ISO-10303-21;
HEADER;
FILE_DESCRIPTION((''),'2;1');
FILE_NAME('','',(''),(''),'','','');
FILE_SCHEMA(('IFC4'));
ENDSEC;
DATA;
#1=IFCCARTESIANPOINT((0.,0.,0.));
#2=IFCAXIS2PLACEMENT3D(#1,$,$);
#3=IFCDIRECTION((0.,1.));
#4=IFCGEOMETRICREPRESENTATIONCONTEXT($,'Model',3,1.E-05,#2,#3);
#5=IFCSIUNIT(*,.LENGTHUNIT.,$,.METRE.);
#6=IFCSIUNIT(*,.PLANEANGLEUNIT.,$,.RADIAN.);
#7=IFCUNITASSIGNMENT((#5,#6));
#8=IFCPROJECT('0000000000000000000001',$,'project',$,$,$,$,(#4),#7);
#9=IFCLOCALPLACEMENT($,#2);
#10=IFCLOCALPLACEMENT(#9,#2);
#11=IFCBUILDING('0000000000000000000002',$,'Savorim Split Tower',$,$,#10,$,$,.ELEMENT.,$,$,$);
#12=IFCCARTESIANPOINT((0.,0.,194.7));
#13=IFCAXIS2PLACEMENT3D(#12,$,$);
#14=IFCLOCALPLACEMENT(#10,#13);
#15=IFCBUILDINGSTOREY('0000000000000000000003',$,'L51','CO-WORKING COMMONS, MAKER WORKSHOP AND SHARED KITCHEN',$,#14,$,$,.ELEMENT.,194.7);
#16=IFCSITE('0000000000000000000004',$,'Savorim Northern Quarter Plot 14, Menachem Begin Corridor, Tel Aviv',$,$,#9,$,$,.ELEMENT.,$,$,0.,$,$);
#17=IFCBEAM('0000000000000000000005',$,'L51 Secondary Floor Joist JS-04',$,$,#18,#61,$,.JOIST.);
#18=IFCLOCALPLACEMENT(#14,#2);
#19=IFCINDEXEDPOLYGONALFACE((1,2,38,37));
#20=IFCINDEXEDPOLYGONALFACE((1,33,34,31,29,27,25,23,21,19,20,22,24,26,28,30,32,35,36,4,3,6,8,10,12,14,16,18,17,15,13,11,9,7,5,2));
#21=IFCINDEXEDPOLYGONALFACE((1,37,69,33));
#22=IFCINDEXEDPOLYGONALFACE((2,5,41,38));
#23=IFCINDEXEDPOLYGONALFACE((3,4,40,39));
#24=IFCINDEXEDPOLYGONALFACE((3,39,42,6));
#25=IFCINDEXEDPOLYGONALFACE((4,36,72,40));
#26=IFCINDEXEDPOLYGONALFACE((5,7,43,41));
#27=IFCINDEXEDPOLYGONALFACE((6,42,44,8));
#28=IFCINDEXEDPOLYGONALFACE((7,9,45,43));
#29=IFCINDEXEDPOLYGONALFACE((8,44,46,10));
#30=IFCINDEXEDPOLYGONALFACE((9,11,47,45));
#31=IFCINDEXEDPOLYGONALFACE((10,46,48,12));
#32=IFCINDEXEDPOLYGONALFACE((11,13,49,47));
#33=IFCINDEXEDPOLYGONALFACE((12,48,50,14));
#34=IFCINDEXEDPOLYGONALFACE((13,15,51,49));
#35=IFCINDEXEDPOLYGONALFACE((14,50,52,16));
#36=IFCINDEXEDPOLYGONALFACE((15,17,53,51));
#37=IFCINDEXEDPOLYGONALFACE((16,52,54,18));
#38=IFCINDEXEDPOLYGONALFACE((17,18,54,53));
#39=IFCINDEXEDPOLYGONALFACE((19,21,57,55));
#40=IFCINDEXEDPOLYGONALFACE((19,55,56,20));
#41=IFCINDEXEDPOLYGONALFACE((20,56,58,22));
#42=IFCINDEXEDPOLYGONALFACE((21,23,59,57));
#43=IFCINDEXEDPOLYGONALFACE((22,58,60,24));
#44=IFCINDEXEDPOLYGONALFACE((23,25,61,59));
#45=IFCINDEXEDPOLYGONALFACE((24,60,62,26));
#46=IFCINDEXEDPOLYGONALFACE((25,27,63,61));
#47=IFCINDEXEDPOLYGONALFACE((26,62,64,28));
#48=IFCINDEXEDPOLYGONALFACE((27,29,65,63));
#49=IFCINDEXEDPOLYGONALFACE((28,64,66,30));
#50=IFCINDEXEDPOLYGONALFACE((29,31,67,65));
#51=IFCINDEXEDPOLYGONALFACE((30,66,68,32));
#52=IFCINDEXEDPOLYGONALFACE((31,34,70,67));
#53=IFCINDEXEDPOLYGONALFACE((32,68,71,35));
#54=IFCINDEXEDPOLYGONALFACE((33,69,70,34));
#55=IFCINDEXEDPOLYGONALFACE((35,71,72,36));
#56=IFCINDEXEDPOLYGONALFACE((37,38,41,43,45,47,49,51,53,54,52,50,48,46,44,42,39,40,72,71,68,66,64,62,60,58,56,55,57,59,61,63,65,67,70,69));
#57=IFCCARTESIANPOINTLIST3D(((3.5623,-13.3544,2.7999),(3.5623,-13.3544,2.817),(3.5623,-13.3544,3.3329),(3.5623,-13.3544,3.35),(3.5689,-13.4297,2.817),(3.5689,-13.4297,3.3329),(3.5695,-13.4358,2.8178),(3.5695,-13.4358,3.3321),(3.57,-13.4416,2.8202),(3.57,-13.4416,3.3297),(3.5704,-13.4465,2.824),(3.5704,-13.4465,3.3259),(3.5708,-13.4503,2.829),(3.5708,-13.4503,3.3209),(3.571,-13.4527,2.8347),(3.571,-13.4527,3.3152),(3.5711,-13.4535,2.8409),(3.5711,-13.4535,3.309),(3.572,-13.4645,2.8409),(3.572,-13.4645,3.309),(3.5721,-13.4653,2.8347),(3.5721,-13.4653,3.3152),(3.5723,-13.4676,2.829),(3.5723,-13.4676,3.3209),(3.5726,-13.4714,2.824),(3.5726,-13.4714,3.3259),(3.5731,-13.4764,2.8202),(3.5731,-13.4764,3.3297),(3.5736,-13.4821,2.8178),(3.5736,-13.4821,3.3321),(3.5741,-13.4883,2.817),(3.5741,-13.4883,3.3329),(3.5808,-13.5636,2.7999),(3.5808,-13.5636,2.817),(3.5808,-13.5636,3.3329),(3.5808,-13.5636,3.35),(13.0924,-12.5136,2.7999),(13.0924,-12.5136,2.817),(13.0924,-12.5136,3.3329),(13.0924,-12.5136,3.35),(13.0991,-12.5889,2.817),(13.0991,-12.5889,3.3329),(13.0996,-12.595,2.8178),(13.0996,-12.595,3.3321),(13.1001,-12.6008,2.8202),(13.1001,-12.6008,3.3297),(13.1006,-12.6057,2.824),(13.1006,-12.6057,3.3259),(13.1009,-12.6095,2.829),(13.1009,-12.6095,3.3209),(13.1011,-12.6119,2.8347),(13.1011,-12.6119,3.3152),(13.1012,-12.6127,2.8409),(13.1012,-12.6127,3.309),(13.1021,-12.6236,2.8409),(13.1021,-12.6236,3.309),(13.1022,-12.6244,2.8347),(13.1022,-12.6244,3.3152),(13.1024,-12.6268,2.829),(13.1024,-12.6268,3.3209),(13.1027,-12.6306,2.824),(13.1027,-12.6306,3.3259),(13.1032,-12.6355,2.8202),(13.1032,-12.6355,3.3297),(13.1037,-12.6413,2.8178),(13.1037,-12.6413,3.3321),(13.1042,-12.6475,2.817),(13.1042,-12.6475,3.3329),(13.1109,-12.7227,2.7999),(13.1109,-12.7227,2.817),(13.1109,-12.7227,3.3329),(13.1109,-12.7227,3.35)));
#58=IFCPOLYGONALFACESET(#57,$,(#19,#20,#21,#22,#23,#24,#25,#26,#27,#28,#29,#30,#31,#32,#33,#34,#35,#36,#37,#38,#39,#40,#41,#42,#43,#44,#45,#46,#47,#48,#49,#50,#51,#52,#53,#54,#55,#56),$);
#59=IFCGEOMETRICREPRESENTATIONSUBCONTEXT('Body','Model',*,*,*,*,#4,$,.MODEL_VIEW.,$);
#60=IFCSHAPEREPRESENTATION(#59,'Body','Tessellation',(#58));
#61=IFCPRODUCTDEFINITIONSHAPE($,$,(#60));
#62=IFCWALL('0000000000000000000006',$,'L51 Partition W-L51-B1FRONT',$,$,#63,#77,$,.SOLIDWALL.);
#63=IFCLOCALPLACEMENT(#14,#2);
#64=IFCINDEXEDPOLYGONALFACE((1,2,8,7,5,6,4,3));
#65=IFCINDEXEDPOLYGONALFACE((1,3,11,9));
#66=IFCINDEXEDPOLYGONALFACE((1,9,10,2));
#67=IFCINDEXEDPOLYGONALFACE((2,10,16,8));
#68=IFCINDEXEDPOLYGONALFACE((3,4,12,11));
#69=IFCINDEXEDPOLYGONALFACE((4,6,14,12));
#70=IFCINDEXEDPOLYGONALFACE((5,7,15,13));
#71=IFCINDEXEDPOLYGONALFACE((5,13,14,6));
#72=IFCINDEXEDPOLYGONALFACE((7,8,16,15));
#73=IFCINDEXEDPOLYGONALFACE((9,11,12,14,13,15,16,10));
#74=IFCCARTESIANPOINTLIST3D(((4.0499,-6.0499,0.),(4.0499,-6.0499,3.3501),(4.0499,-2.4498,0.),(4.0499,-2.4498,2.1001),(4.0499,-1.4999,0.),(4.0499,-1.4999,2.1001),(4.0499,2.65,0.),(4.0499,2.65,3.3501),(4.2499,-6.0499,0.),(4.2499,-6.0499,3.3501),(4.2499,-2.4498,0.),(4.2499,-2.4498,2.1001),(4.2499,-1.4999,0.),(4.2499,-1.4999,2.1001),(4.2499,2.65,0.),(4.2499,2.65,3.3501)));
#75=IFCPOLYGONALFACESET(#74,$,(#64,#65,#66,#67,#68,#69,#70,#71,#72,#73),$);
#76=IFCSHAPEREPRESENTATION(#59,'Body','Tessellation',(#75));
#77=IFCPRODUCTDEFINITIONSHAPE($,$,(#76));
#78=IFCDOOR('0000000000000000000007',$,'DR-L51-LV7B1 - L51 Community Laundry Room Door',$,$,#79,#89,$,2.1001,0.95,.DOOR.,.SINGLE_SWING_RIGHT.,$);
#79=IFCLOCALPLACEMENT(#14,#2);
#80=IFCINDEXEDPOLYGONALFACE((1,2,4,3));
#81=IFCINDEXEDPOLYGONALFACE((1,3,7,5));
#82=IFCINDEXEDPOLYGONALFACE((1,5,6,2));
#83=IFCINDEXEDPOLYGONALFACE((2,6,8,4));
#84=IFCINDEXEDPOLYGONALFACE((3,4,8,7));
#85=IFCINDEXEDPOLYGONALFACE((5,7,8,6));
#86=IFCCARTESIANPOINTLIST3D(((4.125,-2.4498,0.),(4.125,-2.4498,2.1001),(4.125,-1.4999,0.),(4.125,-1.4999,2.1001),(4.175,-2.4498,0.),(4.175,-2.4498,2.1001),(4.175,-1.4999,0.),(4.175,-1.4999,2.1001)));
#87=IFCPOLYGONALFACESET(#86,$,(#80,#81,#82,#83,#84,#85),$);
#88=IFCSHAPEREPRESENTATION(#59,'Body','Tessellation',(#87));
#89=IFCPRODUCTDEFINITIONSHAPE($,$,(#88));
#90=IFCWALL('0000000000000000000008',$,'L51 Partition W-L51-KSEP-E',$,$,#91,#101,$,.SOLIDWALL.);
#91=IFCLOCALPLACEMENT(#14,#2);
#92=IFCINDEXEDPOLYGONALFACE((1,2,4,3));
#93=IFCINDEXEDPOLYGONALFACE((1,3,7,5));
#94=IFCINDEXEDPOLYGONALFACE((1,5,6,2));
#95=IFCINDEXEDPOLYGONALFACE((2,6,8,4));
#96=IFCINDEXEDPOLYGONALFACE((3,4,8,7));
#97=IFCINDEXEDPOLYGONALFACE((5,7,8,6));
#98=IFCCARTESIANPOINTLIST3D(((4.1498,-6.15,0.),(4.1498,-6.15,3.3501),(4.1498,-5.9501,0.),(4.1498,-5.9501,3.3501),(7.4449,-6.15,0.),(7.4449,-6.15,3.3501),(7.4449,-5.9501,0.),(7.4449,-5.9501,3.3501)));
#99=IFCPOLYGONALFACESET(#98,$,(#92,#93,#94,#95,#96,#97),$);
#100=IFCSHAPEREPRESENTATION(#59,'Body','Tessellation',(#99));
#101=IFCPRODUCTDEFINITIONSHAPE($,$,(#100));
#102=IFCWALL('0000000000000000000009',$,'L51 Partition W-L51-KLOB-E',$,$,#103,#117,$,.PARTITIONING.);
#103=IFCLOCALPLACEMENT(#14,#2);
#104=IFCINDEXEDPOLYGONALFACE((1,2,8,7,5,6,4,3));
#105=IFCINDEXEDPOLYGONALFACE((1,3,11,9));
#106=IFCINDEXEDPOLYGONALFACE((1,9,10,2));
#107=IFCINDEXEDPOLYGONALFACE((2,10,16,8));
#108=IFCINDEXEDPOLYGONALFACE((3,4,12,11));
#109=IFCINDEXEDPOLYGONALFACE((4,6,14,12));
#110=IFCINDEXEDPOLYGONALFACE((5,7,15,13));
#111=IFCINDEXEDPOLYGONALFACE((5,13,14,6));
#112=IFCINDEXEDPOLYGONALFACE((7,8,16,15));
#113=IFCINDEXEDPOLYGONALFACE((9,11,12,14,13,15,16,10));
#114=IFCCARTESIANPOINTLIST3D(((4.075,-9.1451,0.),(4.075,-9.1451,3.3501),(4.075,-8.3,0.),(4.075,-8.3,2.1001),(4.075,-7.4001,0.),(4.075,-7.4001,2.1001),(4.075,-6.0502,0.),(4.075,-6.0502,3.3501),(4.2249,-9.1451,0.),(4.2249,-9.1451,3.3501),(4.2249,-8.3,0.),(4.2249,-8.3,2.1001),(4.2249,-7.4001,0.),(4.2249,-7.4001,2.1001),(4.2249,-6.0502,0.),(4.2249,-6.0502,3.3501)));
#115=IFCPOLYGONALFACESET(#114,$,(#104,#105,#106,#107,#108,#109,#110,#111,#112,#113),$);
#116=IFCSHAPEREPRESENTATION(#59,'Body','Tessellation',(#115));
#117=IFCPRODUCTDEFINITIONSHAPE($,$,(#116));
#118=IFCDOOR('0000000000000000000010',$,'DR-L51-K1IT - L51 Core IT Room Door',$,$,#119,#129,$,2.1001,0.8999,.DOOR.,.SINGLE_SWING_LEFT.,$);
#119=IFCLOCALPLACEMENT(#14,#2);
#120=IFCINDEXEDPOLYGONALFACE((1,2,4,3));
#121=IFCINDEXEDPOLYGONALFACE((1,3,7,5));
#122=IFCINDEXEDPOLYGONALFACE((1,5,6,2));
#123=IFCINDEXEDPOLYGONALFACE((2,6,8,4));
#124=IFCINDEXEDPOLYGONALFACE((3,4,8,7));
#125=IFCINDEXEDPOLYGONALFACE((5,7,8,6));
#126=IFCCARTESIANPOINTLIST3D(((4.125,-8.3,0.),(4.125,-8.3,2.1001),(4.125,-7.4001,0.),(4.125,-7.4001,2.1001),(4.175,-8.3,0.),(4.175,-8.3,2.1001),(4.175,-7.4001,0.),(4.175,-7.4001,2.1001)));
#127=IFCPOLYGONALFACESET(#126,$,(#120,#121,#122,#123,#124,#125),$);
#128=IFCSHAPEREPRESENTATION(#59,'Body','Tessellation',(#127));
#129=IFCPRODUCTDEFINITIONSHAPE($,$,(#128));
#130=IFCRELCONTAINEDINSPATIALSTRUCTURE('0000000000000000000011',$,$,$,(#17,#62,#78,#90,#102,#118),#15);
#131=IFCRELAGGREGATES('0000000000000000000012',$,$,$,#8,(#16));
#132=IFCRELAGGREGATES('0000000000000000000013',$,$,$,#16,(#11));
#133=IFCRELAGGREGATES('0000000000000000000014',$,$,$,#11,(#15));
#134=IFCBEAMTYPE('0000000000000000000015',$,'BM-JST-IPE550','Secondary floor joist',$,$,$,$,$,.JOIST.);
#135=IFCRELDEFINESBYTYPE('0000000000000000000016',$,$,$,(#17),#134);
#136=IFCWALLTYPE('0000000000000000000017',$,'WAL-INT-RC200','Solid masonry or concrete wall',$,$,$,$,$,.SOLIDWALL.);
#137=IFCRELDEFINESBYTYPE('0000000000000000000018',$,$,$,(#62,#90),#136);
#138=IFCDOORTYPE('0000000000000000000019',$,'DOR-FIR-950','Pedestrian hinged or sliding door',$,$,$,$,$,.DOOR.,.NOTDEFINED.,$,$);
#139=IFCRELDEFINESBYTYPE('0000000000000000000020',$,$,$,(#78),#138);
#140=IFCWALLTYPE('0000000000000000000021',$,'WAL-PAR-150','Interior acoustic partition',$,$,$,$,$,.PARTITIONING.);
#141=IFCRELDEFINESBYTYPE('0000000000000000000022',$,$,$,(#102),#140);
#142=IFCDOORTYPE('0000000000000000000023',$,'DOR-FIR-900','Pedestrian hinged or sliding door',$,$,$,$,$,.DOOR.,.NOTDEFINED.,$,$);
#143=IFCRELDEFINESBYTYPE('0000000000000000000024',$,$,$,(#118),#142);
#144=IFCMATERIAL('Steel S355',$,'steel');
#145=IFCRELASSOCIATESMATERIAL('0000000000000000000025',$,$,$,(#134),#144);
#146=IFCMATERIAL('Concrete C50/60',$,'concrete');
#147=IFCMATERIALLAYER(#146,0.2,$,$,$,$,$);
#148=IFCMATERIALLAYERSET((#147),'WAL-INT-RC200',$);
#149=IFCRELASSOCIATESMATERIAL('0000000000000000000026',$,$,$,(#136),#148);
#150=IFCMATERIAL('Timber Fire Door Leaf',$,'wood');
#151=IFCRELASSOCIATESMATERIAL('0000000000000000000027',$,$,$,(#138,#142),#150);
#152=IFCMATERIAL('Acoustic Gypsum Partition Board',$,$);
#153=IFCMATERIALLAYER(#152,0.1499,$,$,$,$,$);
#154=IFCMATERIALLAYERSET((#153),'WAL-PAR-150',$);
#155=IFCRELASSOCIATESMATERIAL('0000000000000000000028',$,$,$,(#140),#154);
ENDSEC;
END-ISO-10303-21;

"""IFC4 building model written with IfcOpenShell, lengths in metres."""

from ifc_helpers import new_model, si_unit, direction, frame, frame_2d, origin, origin_2d, place, context, subcontext, project, spatial, rectangle, i_section, extrude, material, layer, layer_set, material_profile, profile_set, type_object, element, fill, save


model = new_model("IFC4")

# Units and contexts
model_context = context("Model", 3, precision=1e-05, world=origin(), true_north=direction((0.0, 1.0)))
body_context = subcontext(model_context, "Body", "Model", "MODEL_VIEW")
ifc_project = project(units=[si_unit("LENGTHUNIT", "METRE"), si_unit("PLANEANGLEUNIT", "RADIAN")], contexts=[model_context])

# Site, building, storey
site_placement = place(None, origin())
site = spatial("IfcSite", under=ifc_project, at=site_placement, Name="Savorim Northern Quarter Plot 14, Menachem Begin Corridor, Tel Aviv", CompositionType="ELEMENT", RefElevation=0.0)
building_placement = place(site_placement, origin())
building = spatial("IfcBuilding", under=site, at=building_placement, Name="Savorim Split Tower", CompositionType="ELEMENT")
storey_placement = place(building_placement, frame((0.0, 0.0, 194.7)))
storey = spatial("IfcBuildingStorey", under=building, at=storey_placement, Name="L51", Description="CO-WORKING COMMONS, MAKER WORKSHOP AND SHARED KITCHEN", CompositionType="ELEMENT", Elevation=194.7)

# Shared definitions
ifc_material_1 = material(Name="Steel S355", Category="steel")

# Beam
ifc_material_profile_1 = material_profile(ifc_material_1, i_section(OverallWidth=0.21, OverallDepth=0.55, WebThickness=0.011, FlangeThickness=0.0171, FilletRadius=0.0239, at=origin_2d()), Name="IPE 550")
ifc_profile_set_1 = profile_set([ifc_material_profile_1], Name="Steel S355")
beam_type_1 = type_object("IfcBeamType", Name="BM-JST-IPE550", Description="Secondary floor joist", PredefinedType="JOIST", material=ifc_profile_set_1)
beam_1_placement = place(storey_placement, frame((3.5715, -13.459, 3.075), z_axis=(0.99613, 0.087887, 0.0), x_axis=(-0.087887, 0.99613, 0.0)))
element("IfcBeam", 1, at=beam_1_placement, inside=storey, type_object=beam_type_1, Name="L51 Secondary Floor Joist JS-04", PredefinedType="JOIST", context=body_context, shape_type="SweptSolid", body=[
    extrude(i_section(OverallWidth=0.21, OverallDepth=0.55, WebThickness=0.011, FlangeThickness=0.0171, FilletRadius=0.0239, at=origin_2d()), origin(), (0.0, 0.0, 1.0), 9.5671),
])

# Wall, opening, door
ifc_material_2 = material(Name="Concrete C50/60", Category="concrete")
ifc_layer_1 = layer(ifc_material_2, 0.2)
ifc_layer_set_1 = layer_set([ifc_layer_1], Name="WAL-INT-RC200")
wall_type_1 = type_object("IfcWallType", Name="WAL-INT-RC200", Description="Solid masonry or concrete wall", PredefinedType="SOLIDWALL", material=ifc_layer_set_1)
wall_1_placement = place(storey_placement, frame((4.1499, -6.05, 0.0), z_axis=(0.0, 0.0, 1.0), x_axis=(0.0, 1.0, 0.0)))
wall_1 = element("IfcWall", 2, at=wall_1_placement, inside=storey, type_object=wall_type_1, Name="L51 Partition W-L51-B1FRONT", PredefinedType="SOLIDWALL", context=body_context, shape_type="SweptSolid", body=[
    extrude(rectangle(XDim=8.7, YDim=0.2, at=frame_2d((4.3501, 0.0))), origin(), (0.0, 0.0, 1.0), 3.3501),
])
opening_1_placement = place(wall_1_placement, frame((3.6001, 0.0, 0.0)))
opening_1 = element("IfcOpeningElement", 3, at=opening_1_placement, cuts=wall_1, PredefinedType="OPENING", context=body_context, shape_type="SweptSolid", body=[
    extrude(rectangle(XDim=0.95, YDim=2.1001, at=frame_2d((0.4751, 1.05))), frame((0.0, 0.1099, 0.0), z_axis=(0.0, -1.0, 0.0), x_axis=(1.0, 0.0, 0.0)), (0.0, 0.0, 1.0), 0.22),
])
ifc_material_3 = material(Name="Timber Fire Door Leaf", Category="wood")
door_type_1 = type_object("IfcDoorType", Name="DOR-FIR-950", Description="Pedestrian hinged or sliding door", OperationType="NOTDEFINED", PredefinedType="DOOR", material=ifc_material_3)
door_1_placement = place(opening_1_placement, origin())
door_1 = element("IfcDoor", 4, at=door_1_placement, inside=storey, type_object=door_type_1, Name="DR-L51-LV7B1 - L51 Community Laundry Room Door", OperationType="SINGLE_SWING_RIGHT", OverallHeight=2.1001, OverallWidth=0.95, PredefinedType="DOOR", context=body_context, shape_type="SweptSolid", body=[
    extrude(rectangle(XDim=0.95, YDim=2.1001, at=frame_2d((0.4751, 1.05))), frame((0.0, 0.0249, 0.0), z_axis=(0.0, -1.0, 0.0), x_axis=(1.0, 0.0, 0.0)), (0.0, 0.0, 1.0), 0.05),
])
fill(opening_1, door_1)

# Wall
wall_2_placement = place(storey_placement, frame((4.1499, -6.05, 0.0), z_axis=(0.0, 0.0, 1.0), x_axis=(1.0, 0.0, 0.0)))
element("IfcWall", 5, at=wall_2_placement, inside=storey, type_object=wall_type_1, Name="L51 Partition W-L51-KSEP-E", PredefinedType="SOLIDWALL", context=body_context, shape_type="SweptSolid", body=[
    extrude(rectangle(XDim=3.2952, YDim=0.2, at=frame_2d((1.6475, 0.0))), origin(), (0.0, 0.0, 1.0), 3.3501),
])

# Wall, opening, door
ifc_material_4 = material(Name="Acoustic Gypsum Partition Board")
ifc_layer_2 = layer(ifc_material_4, 0.1499)
ifc_layer_set_2 = layer_set([ifc_layer_2], Name="WAL-PAR-150")
wall_type_2 = type_object("IfcWallType", Name="WAL-PAR-150", Description="Interior acoustic partition", PredefinedType="PARTITIONING", material=ifc_layer_set_2)
wall_3_placement = place(storey_placement, frame((4.1499, -9.145, 0.0), z_axis=(0.0, 0.0, 1.0), x_axis=(0.0, 1.0, 0.0)))
wall_3 = element("IfcWall", 6, at=wall_3_placement, inside=storey, type_object=wall_type_2, Name="L51 Partition W-L51-KLOB-E", PredefinedType="PARTITIONING", context=body_context, shape_type="SweptSolid", body=[
    extrude(rectangle(XDim=3.095, YDim=0.1499, at=frame_2d((1.5474, 0.0))), origin(), (0.0, 0.0, 1.0), 3.3501),
])
opening_2_placement = place(wall_3_placement, frame((0.845, 0.0, 0.0)))
opening_2 = element("IfcOpeningElement", 7, at=opening_2_placement, cuts=wall_3, PredefinedType="OPENING", context=body_context, shape_type="SweptSolid", body=[
    extrude(rectangle(XDim=0.8999, YDim=2.1001, at=frame_2d((0.45, 1.05))), frame((0.0, 0.085, 0.0), z_axis=(0.0, -1.0, 0.0), x_axis=(1.0, 0.0, 0.0)), (0.0, 0.0, 1.0), 0.1699),
])
door_type_2 = type_object("IfcDoorType", Name="DOR-FIR-900", Description="Pedestrian hinged or sliding door", OperationType="NOTDEFINED", PredefinedType="DOOR", material=ifc_material_3)
door_2_placement = place(opening_2_placement, origin())
door_2 = element("IfcDoor", 8, at=door_2_placement, inside=storey, type_object=door_type_2, Name="DR-L51-K1IT - L51 Core IT Room Door", OperationType="SINGLE_SWING_LEFT", OverallHeight=2.1001, OverallWidth=0.8999, PredefinedType="DOOR", context=body_context, shape_type="SweptSolid", body=[
    extrude(rectangle(XDim=0.8999, YDim=2.1001, at=frame_2d((0.45, 1.05))), frame((0.0, 0.0249, 0.0), z_axis=(0.0, -1.0, 0.0), x_axis=(1.0, 0.0, 0.0)), (0.0, 0.0, 1.0), 0.05),
])
fill(opening_2, door_2)

save(model, "model.ifc")
